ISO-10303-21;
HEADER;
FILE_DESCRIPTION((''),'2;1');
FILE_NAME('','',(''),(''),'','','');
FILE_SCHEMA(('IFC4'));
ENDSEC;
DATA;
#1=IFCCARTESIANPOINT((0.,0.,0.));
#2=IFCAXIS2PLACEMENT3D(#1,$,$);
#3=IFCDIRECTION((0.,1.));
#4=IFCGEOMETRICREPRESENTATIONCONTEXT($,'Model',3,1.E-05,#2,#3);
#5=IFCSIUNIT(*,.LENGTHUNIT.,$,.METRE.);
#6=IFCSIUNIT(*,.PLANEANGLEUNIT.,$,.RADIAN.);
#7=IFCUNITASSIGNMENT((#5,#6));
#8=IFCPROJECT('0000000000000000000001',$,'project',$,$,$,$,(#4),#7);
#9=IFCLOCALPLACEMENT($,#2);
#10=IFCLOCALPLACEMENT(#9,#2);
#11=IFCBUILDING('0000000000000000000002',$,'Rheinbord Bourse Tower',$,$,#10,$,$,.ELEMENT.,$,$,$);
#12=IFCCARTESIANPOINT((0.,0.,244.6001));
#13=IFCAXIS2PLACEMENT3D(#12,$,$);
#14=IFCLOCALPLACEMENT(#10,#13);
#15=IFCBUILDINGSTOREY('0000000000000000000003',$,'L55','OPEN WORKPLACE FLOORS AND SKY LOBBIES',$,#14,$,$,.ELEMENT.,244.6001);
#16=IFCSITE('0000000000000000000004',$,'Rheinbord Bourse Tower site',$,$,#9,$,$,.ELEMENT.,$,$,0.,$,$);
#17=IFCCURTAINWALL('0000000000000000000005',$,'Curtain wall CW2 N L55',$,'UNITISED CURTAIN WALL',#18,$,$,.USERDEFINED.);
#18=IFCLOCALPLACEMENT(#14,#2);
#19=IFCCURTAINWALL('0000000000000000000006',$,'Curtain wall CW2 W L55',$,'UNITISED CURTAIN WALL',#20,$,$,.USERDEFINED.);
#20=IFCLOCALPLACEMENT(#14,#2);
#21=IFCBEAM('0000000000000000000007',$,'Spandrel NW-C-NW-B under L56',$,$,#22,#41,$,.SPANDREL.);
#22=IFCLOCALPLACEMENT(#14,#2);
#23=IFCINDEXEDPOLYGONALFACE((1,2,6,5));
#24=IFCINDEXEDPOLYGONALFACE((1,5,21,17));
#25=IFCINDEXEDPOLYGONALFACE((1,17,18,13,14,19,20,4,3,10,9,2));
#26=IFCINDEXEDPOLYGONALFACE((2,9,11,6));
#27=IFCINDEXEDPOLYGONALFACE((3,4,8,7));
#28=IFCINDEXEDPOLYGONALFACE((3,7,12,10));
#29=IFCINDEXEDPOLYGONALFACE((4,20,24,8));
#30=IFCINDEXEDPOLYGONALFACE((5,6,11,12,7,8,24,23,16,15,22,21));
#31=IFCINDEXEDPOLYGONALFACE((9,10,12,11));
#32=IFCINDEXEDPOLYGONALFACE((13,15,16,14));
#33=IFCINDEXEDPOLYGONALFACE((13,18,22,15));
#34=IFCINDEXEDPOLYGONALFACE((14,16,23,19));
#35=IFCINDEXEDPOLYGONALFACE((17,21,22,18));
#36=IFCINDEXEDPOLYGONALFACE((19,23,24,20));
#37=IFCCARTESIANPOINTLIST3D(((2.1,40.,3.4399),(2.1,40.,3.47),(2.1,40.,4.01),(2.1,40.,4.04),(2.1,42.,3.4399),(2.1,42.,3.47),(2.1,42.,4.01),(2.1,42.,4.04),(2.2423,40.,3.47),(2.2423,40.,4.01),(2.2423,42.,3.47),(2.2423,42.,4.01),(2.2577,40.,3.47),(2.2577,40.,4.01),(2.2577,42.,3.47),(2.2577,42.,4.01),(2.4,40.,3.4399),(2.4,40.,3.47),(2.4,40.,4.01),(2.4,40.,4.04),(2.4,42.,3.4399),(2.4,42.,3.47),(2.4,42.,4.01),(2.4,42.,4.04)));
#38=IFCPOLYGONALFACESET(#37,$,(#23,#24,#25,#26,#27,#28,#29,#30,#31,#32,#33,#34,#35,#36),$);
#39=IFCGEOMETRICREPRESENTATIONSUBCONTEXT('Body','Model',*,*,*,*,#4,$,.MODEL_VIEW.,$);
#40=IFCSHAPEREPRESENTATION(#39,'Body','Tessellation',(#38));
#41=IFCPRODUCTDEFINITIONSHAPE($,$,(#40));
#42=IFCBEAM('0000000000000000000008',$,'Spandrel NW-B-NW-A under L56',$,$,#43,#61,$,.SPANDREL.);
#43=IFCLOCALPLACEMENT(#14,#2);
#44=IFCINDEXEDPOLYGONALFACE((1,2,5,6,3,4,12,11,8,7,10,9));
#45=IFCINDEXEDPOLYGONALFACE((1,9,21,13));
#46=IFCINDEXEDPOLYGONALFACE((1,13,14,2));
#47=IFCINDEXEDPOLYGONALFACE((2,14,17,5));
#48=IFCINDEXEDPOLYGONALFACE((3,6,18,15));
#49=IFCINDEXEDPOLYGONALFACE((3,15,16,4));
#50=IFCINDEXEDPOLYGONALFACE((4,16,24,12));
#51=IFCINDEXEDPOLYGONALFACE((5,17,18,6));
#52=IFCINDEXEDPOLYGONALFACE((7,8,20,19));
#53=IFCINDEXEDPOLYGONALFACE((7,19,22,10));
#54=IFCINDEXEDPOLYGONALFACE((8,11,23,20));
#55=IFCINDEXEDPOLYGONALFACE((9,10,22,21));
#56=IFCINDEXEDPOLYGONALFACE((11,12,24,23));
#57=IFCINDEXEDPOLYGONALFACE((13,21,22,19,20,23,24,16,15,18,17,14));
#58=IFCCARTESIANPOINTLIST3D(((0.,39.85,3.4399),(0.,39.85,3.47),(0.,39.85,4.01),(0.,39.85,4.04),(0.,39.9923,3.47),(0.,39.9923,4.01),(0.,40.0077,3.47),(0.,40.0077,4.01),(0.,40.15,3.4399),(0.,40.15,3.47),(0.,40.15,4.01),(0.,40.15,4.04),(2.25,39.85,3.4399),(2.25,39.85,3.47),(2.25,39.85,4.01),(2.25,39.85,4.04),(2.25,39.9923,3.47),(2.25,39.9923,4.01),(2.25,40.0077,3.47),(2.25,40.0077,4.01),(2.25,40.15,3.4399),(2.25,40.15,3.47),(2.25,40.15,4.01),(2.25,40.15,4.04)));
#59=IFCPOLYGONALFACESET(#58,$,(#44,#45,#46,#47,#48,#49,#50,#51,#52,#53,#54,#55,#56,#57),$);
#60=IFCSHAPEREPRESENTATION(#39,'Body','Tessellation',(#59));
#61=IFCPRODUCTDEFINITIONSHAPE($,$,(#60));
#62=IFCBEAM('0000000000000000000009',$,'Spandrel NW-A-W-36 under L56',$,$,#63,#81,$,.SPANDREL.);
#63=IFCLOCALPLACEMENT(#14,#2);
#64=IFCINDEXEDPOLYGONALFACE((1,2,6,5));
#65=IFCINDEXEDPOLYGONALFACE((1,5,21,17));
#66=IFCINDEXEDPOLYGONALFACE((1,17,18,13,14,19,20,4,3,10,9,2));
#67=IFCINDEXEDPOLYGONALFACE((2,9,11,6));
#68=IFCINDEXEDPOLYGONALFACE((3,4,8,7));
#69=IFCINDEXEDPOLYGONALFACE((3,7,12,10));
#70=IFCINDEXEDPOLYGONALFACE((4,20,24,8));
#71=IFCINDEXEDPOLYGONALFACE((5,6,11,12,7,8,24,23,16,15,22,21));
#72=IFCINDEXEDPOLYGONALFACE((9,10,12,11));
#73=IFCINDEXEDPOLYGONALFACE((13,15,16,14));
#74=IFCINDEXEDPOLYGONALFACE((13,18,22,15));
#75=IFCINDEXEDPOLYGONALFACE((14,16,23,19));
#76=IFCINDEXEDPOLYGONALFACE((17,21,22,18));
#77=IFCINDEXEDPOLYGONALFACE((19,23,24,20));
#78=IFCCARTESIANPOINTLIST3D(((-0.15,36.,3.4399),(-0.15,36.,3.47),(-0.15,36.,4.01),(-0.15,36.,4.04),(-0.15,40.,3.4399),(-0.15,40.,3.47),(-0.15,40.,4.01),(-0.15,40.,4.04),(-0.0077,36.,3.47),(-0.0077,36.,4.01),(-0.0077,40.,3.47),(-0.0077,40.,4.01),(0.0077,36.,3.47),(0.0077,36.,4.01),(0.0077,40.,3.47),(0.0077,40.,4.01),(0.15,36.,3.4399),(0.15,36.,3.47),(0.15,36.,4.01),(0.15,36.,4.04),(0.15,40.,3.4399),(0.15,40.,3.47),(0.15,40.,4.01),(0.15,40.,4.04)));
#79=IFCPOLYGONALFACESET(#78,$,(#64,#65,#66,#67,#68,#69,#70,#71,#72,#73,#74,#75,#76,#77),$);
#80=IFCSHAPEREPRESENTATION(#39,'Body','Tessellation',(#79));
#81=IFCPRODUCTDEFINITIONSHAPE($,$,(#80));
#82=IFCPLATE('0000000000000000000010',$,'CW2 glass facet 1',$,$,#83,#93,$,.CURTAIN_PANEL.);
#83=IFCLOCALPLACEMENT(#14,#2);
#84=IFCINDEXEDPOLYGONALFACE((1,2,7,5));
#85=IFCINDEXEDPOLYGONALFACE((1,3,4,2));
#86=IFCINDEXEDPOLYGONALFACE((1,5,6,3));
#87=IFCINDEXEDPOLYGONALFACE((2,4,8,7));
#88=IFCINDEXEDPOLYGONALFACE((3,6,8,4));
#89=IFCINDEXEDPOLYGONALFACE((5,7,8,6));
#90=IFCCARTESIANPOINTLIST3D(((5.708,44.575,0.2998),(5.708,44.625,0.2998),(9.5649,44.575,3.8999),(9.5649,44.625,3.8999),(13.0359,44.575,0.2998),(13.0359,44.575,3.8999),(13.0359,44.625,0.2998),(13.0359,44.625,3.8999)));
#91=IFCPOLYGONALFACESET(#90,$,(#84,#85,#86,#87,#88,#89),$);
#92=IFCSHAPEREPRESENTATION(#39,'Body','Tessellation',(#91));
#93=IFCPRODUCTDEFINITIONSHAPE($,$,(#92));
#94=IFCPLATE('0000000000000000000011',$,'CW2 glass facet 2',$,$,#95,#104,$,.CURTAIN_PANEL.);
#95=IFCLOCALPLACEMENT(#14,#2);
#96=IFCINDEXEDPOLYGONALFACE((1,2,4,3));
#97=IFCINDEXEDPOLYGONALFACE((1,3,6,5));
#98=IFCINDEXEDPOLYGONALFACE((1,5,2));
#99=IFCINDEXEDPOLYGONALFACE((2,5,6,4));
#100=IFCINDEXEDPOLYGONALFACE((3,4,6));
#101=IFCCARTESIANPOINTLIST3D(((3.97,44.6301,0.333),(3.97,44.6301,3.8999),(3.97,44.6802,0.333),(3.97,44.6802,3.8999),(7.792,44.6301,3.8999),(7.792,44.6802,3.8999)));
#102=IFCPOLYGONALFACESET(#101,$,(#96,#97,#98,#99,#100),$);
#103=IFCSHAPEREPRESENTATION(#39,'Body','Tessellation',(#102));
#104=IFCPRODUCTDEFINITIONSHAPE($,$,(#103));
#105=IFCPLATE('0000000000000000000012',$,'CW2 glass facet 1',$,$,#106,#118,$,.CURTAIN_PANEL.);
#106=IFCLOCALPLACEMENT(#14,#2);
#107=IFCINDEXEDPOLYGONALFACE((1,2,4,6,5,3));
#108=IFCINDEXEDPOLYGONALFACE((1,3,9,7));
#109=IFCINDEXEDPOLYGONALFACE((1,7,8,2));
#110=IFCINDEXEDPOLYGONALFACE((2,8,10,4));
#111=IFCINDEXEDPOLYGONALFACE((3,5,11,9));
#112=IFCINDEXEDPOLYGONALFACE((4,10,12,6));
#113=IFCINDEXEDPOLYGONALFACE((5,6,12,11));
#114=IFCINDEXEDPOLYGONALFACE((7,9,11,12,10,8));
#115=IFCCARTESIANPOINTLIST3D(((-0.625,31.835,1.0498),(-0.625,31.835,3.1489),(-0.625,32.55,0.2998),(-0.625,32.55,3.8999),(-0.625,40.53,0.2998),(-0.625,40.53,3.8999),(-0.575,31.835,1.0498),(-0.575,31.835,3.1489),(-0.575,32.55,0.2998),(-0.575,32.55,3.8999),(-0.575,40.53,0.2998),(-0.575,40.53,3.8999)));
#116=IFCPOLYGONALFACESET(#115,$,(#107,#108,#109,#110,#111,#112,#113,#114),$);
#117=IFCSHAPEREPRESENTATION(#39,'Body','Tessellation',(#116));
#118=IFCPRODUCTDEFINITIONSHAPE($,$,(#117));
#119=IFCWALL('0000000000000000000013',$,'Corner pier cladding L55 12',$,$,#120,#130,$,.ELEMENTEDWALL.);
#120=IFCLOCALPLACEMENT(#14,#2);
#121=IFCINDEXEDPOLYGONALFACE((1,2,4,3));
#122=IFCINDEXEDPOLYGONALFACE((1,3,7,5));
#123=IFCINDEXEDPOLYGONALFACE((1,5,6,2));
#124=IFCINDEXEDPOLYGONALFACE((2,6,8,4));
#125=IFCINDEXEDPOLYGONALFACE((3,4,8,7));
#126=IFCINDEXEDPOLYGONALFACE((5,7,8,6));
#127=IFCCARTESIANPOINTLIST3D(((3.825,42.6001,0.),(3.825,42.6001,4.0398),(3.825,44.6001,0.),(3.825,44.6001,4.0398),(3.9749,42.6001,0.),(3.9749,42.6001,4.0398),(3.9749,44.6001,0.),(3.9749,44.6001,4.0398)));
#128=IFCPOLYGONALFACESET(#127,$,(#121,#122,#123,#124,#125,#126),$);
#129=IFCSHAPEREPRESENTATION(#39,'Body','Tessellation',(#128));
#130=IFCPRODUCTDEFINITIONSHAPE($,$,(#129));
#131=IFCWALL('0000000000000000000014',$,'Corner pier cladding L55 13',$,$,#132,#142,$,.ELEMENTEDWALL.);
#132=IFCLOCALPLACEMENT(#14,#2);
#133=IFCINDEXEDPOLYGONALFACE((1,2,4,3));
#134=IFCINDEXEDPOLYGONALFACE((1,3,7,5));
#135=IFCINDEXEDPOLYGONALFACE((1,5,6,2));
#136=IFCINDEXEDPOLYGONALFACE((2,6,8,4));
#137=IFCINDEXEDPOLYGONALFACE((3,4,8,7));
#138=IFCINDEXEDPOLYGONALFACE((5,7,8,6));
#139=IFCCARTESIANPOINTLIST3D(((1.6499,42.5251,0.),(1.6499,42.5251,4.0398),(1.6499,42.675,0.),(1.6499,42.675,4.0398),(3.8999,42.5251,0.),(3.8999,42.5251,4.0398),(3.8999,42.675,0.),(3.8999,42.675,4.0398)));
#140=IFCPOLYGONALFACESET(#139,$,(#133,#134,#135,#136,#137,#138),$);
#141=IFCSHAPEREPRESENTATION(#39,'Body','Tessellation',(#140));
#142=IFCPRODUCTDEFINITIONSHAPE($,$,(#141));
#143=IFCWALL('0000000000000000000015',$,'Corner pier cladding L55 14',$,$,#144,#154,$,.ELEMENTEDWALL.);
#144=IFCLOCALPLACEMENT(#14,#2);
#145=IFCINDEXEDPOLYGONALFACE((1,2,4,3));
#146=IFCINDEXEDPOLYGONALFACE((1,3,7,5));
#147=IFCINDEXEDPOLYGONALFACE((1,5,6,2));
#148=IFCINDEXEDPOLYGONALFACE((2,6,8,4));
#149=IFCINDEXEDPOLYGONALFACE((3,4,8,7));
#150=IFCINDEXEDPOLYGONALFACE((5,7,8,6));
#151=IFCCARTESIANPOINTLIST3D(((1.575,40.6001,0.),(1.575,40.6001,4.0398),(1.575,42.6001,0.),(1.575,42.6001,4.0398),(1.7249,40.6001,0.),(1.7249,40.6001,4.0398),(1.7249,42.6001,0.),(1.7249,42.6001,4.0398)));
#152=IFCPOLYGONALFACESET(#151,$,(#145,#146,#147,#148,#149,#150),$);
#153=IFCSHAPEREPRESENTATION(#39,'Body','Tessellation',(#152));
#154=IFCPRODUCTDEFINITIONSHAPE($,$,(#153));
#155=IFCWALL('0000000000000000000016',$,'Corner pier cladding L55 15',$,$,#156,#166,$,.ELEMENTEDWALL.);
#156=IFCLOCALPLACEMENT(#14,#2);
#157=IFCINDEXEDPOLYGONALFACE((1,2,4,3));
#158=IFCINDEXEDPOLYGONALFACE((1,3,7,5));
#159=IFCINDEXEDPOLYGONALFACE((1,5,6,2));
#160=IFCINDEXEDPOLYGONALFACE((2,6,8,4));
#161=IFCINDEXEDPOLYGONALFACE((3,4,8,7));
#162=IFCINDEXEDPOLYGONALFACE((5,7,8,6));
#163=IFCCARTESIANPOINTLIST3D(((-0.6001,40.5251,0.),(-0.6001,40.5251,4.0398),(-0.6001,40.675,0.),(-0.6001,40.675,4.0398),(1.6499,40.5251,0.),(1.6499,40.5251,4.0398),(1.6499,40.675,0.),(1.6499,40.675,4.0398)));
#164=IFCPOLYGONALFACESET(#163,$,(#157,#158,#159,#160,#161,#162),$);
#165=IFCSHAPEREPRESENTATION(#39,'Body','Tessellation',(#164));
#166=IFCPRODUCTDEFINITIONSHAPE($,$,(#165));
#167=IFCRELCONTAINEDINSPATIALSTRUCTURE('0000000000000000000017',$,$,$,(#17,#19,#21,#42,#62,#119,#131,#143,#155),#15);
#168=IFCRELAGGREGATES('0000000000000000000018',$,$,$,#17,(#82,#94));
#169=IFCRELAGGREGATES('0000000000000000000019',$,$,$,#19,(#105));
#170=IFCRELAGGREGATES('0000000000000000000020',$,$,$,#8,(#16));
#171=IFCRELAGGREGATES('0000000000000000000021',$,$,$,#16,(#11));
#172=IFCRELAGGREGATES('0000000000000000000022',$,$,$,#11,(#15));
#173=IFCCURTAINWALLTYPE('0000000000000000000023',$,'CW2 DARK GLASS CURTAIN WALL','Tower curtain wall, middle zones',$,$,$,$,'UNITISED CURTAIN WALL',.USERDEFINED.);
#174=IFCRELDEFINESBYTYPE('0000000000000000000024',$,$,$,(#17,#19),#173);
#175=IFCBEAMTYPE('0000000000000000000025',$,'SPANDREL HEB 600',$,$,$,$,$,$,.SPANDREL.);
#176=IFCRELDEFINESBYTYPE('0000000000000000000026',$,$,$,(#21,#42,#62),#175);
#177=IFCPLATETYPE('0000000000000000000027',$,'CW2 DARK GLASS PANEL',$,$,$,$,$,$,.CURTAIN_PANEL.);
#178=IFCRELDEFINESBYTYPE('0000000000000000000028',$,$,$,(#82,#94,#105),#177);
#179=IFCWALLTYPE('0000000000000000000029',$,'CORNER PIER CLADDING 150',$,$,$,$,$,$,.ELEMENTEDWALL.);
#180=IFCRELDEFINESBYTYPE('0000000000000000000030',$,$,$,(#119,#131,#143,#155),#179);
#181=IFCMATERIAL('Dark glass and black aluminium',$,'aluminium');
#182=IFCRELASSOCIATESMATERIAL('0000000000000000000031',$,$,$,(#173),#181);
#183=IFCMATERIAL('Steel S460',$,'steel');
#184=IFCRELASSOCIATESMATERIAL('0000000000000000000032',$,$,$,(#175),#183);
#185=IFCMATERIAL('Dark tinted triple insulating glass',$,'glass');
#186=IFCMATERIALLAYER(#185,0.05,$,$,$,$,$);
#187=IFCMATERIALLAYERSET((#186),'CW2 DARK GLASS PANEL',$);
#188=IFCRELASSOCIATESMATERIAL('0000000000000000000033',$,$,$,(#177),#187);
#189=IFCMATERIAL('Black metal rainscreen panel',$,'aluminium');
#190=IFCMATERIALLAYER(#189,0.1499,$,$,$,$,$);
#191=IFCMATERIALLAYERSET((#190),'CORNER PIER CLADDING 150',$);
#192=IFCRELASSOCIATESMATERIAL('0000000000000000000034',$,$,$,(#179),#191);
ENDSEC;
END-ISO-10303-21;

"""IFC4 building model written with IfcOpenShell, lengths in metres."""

from ifc_helpers import new_model, si_unit, direction, frame, frame_2d, origin, origin_2d, place, context, subcontext, project, spatial, polyline, rectangle, i_section, outline, extrude, material, layer, layer_set, material_profile, profile_set, type_object, element, aggregate, save


model = new_model("IFC4")

# Units and contexts
model_context = context("Model", 3, precision=1e-05, world=origin(), true_north=direction((0.0, 1.0)))
body_context = subcontext(model_context, "Body", "Model", "MODEL_VIEW")
ifc_project = project(units=[si_unit("LENGTHUNIT", "METRE"), si_unit("PLANEANGLEUNIT", "RADIAN")], contexts=[model_context])

# Site, building, storey
site_placement = place(None, origin())
site = spatial("IfcSite", under=ifc_project, at=site_placement, Name="Rheinbord Bourse Tower site", CompositionType="ELEMENT", RefElevation=0.0)
building_placement = place(site_placement, origin())
building = spatial("IfcBuilding", under=site, at=building_placement, Name="Rheinbord Bourse Tower", CompositionType="ELEMENT")
storey_placement = place(building_placement, frame((0.0, 0.0, 244.6001)))
storey = spatial("IfcBuildingStorey", under=building, at=storey_placement, Name="L55", Description="OPEN WORKPLACE FLOORS AND SKY LOBBIES", CompositionType="ELEMENT", Elevation=244.6001)

# Curtain wall
ifc_material_1 = material(Name="Dark glass and black aluminium", Category="aluminium")
curtain_wall_type = type_object("IfcCurtainWallType", Name="CW2 DARK GLASS CURTAIN WALL", Description="Tower curtain wall, middle zones", ElementType="UNITISED CURTAIN WALL", PredefinedType="USERDEFINED", material=ifc_material_1)
curtain_wall_1_placement = place(storey_placement, origin())
curtain_wall_1 = element("IfcCurtainWall", 1, at=curtain_wall_1_placement, inside=storey, type_object=curtain_wall_type, Name="Curtain wall CW2 N L55", ObjectType="UNITISED CURTAIN WALL", PredefinedType="USERDEFINED")

# Curtain wall
curtain_wall_2_placement = place(storey_placement, origin())
curtain_wall_2 = element("IfcCurtainWall", 2, at=curtain_wall_2_placement, inside=storey, type_object=curtain_wall_type, Name="Curtain wall CW2 W L55", ObjectType="UNITISED CURTAIN WALL", PredefinedType="USERDEFINED")

# Beams
ifc_material_2 = material(Name="Steel S460", Category="steel")
ifc_material_profile_1 = material_profile(ifc_material_2, i_section(OverallWidth=0.3, OverallDepth=0.6001, WebThickness=0.0154, FlangeThickness=0.03, at=origin_2d()), Name="HEB 600")
ifc_profile_set_1 = profile_set([ifc_material_profile_1], Name="Steel S460")
beam_type_1 = type_object("IfcBeamType", Name="SPANDREL HEB 600", PredefinedType="SPANDREL", material=ifc_profile_set_1)
beam_1_placement = place(storey_placement, frame((2.25, 42.0, 3.74), z_axis=(0.0, -1.0, 0.0), x_axis=(1.0, 0.0, 0.0)))
element("IfcBeam", 3, at=beam_1_placement, inside=storey, type_object=beam_type_1, Name="Spandrel NW-C-NW-B under L56", PredefinedType="SPANDREL", context=body_context, shape_type="SweptSolid", body=[
    extrude(i_section(OverallWidth=0.3, OverallDepth=0.6001, WebThickness=0.0154, FlangeThickness=0.03, at=origin_2d()), origin(), (0.0, 0.0, 1.0), 2.0),
])
beam_2_placement = place(storey_placement, frame((2.25, 40.0, 3.74), z_axis=(-1.0, 0.0, 0.0), x_axis=(0.0, -1.0, 0.0)))
element("IfcBeam", 4, at=beam_2_placement, inside=storey, type_object=beam_type_1, Name="Spandrel NW-B-NW-A under L56", PredefinedType="SPANDREL", context=body_context, shape_type="SweptSolid", body=[
    extrude(i_section(OverallWidth=0.3, OverallDepth=0.6001, WebThickness=0.0154, FlangeThickness=0.03, at=origin_2d()), origin(), (0.0, 0.0, 1.0), 2.25),
])
beam_3_placement = place(storey_placement, frame((0.0, 40.0, 3.74), z_axis=(0.0, -1.0, 0.0), x_axis=(1.0, 0.0, 0.0)))
element("IfcBeam", 5, at=beam_3_placement, inside=storey, type_object=beam_type_1, Name="Spandrel NW-A-W-36 under L56", PredefinedType="SPANDREL", context=body_context, shape_type="SweptSolid", body=[
    extrude(i_section(OverallWidth=0.3, OverallDepth=0.6001, WebThickness=0.0154, FlangeThickness=0.03, at=origin_2d()), origin(), (0.0, 0.0, 1.0), 4.0),
])

# Plates
ifc_material_3 = material(Name="Dark tinted triple insulating glass", Category="glass")
ifc_layer_1 = layer(ifc_material_3, 0.05)
ifc_layer_set_1 = layer_set([ifc_layer_1], Name="CW2 DARK GLASS PANEL")
plate_type = type_object("IfcPlateType", Name="CW2 DARK GLASS PANEL", PredefinedType="CURTAIN_PANEL", material=ifc_layer_set_1)
plate_1_placement = place(storey_placement, frame((13.0359, 44.625, 0.2998), z_axis=(0.0, -1.0, 0.0), x_axis=(0.0, 0.0, 1.0)))
plate_1 = element("IfcPlate", 6, at=plate_1_placement, type_object=plate_type, Name="CW2 glass facet 1", PredefinedType="CURTAIN_PANEL", context=body_context, shape_type="SweptSolid", body=[
    extrude(outline(polyline([(0.0, 0.0), (3.6001, 0.0), (3.6001, 3.4709), (0.0, 7.3279), (0.0, 0.0)])), origin(), (0.0, 0.0, 1.0), 0.05),
])
plate_2_placement = place(storey_placement, frame((3.97, 44.6802, 3.8999), z_axis=(0.0, -1.0, 0.0), x_axis=(0.0, 0.0, -1.0)))
plate_2 = element("IfcPlate", 7, at=plate_2_placement, type_object=plate_type, Name="CW2 glass facet 2", PredefinedType="CURTAIN_PANEL", context=body_context, shape_type="SweptSolid", body=[
    extrude(outline(polyline([(0.0, 0.0), (3.5669, 0.0), (0.0, 3.822), (0.0, 0.0)])), origin(), (0.0, 0.0, 1.0), 0.05),
])
aggregate(curtain_wall_1, [plate_1, plate_2])
plate_3_placement = place(storey_placement, frame((-0.625, 40.53, 0.2998), z_axis=(1.0, 0.0, 0.0), x_axis=(0.0, 0.0, 1.0)))
plate_3 = element("IfcPlate", 8, at=plate_3_placement, type_object=plate_type, Name="CW2 glass facet 1", PredefinedType="CURTAIN_PANEL", context=body_context, shape_type="SweptSolid", body=[
    extrude(outline(polyline([(0.0, 0.0), (3.6001, 0.0), (3.6001, 7.98), (2.8491, 8.6951), (0.75, 8.6951), (0.0, 7.98), (0.0, 0.0)])), origin(), (0.0, 0.0, 1.0), 0.05),
])
aggregate(curtain_wall_2, [plate_3])

# Walls
ifc_material_4 = material(Name="Black metal rainscreen panel", Category="aluminium")
ifc_layer_2 = layer(ifc_material_4, 0.1499)
ifc_layer_set_2 = layer_set([ifc_layer_2], Name="CORNER PIER CLADDING 150")
wall_type_1 = type_object("IfcWallType", Name="CORNER PIER CLADDING 150", PredefinedType="ELEMENTEDWALL", material=ifc_layer_set_2)
wall_1_placement = place(storey_placement, frame((3.8999, 44.6001, 0.0), z_axis=(0.0, 0.0, 1.0), x_axis=(0.0, -1.0, 0.0)))
element("IfcWall", 9, at=wall_1_placement, inside=storey, type_object=wall_type_1, Name="Corner pier cladding L55 12", PredefinedType="ELEMENTEDWALL", context=body_context, shape_type="SweptSolid", body=[
    extrude(rectangle(XDim=2.0, YDim=0.1499, at=frame_2d((1.0, 0.0))), origin(), (0.0, 0.0, 1.0), 4.0398),
])
wall_2_placement = place(storey_placement, frame((3.8999, 42.6001, 0.0), z_axis=(0.0, 0.0, 1.0), x_axis=(-1.0, 0.0, 0.0)))
element("IfcWall", 10, at=wall_2_placement, inside=storey, type_object=wall_type_1, Name="Corner pier cladding L55 13", PredefinedType="ELEMENTEDWALL", context=body_context, shape_type="SweptSolid", body=[
    extrude(rectangle(XDim=2.25, YDim=0.1499, at=frame_2d((1.125, 0.0))), origin(), (0.0, 0.0, 1.0), 4.0398),
])
wall_3_placement = place(storey_placement, frame((1.6499, 42.6001, 0.0), z_axis=(0.0, 0.0, 1.0), x_axis=(0.0, -1.0, 0.0)))
element("IfcWall", 11, at=wall_3_placement, inside=storey, type_object=wall_type_1, Name="Corner pier cladding L55 14", PredefinedType="ELEMENTEDWALL", context=body_context, shape_type="SweptSolid", body=[
    extrude(rectangle(XDim=2.0, YDim=0.1499, at=frame_2d((1.0, 0.0))), origin(), (0.0, 0.0, 1.0), 4.0398),
])
wall_4_placement = place(storey_placement, frame((1.6499, 40.6001, 0.0), z_axis=(0.0, 0.0, 1.0), x_axis=(-1.0, 0.0, 0.0)))
element("IfcWall", 12, at=wall_4_placement, inside=storey, type_object=wall_type_1, Name="Corner pier cladding L55 15", PredefinedType="ELEMENTEDWALL", context=body_context, shape_type="SweptSolid", body=[
    extrude(rectangle(XDim=2.25, YDim=0.1499, at=frame_2d((1.125, 0.0))), origin(), (0.0, 0.0, 1.0), 4.0398),
])

save(model, "model.ifc")
